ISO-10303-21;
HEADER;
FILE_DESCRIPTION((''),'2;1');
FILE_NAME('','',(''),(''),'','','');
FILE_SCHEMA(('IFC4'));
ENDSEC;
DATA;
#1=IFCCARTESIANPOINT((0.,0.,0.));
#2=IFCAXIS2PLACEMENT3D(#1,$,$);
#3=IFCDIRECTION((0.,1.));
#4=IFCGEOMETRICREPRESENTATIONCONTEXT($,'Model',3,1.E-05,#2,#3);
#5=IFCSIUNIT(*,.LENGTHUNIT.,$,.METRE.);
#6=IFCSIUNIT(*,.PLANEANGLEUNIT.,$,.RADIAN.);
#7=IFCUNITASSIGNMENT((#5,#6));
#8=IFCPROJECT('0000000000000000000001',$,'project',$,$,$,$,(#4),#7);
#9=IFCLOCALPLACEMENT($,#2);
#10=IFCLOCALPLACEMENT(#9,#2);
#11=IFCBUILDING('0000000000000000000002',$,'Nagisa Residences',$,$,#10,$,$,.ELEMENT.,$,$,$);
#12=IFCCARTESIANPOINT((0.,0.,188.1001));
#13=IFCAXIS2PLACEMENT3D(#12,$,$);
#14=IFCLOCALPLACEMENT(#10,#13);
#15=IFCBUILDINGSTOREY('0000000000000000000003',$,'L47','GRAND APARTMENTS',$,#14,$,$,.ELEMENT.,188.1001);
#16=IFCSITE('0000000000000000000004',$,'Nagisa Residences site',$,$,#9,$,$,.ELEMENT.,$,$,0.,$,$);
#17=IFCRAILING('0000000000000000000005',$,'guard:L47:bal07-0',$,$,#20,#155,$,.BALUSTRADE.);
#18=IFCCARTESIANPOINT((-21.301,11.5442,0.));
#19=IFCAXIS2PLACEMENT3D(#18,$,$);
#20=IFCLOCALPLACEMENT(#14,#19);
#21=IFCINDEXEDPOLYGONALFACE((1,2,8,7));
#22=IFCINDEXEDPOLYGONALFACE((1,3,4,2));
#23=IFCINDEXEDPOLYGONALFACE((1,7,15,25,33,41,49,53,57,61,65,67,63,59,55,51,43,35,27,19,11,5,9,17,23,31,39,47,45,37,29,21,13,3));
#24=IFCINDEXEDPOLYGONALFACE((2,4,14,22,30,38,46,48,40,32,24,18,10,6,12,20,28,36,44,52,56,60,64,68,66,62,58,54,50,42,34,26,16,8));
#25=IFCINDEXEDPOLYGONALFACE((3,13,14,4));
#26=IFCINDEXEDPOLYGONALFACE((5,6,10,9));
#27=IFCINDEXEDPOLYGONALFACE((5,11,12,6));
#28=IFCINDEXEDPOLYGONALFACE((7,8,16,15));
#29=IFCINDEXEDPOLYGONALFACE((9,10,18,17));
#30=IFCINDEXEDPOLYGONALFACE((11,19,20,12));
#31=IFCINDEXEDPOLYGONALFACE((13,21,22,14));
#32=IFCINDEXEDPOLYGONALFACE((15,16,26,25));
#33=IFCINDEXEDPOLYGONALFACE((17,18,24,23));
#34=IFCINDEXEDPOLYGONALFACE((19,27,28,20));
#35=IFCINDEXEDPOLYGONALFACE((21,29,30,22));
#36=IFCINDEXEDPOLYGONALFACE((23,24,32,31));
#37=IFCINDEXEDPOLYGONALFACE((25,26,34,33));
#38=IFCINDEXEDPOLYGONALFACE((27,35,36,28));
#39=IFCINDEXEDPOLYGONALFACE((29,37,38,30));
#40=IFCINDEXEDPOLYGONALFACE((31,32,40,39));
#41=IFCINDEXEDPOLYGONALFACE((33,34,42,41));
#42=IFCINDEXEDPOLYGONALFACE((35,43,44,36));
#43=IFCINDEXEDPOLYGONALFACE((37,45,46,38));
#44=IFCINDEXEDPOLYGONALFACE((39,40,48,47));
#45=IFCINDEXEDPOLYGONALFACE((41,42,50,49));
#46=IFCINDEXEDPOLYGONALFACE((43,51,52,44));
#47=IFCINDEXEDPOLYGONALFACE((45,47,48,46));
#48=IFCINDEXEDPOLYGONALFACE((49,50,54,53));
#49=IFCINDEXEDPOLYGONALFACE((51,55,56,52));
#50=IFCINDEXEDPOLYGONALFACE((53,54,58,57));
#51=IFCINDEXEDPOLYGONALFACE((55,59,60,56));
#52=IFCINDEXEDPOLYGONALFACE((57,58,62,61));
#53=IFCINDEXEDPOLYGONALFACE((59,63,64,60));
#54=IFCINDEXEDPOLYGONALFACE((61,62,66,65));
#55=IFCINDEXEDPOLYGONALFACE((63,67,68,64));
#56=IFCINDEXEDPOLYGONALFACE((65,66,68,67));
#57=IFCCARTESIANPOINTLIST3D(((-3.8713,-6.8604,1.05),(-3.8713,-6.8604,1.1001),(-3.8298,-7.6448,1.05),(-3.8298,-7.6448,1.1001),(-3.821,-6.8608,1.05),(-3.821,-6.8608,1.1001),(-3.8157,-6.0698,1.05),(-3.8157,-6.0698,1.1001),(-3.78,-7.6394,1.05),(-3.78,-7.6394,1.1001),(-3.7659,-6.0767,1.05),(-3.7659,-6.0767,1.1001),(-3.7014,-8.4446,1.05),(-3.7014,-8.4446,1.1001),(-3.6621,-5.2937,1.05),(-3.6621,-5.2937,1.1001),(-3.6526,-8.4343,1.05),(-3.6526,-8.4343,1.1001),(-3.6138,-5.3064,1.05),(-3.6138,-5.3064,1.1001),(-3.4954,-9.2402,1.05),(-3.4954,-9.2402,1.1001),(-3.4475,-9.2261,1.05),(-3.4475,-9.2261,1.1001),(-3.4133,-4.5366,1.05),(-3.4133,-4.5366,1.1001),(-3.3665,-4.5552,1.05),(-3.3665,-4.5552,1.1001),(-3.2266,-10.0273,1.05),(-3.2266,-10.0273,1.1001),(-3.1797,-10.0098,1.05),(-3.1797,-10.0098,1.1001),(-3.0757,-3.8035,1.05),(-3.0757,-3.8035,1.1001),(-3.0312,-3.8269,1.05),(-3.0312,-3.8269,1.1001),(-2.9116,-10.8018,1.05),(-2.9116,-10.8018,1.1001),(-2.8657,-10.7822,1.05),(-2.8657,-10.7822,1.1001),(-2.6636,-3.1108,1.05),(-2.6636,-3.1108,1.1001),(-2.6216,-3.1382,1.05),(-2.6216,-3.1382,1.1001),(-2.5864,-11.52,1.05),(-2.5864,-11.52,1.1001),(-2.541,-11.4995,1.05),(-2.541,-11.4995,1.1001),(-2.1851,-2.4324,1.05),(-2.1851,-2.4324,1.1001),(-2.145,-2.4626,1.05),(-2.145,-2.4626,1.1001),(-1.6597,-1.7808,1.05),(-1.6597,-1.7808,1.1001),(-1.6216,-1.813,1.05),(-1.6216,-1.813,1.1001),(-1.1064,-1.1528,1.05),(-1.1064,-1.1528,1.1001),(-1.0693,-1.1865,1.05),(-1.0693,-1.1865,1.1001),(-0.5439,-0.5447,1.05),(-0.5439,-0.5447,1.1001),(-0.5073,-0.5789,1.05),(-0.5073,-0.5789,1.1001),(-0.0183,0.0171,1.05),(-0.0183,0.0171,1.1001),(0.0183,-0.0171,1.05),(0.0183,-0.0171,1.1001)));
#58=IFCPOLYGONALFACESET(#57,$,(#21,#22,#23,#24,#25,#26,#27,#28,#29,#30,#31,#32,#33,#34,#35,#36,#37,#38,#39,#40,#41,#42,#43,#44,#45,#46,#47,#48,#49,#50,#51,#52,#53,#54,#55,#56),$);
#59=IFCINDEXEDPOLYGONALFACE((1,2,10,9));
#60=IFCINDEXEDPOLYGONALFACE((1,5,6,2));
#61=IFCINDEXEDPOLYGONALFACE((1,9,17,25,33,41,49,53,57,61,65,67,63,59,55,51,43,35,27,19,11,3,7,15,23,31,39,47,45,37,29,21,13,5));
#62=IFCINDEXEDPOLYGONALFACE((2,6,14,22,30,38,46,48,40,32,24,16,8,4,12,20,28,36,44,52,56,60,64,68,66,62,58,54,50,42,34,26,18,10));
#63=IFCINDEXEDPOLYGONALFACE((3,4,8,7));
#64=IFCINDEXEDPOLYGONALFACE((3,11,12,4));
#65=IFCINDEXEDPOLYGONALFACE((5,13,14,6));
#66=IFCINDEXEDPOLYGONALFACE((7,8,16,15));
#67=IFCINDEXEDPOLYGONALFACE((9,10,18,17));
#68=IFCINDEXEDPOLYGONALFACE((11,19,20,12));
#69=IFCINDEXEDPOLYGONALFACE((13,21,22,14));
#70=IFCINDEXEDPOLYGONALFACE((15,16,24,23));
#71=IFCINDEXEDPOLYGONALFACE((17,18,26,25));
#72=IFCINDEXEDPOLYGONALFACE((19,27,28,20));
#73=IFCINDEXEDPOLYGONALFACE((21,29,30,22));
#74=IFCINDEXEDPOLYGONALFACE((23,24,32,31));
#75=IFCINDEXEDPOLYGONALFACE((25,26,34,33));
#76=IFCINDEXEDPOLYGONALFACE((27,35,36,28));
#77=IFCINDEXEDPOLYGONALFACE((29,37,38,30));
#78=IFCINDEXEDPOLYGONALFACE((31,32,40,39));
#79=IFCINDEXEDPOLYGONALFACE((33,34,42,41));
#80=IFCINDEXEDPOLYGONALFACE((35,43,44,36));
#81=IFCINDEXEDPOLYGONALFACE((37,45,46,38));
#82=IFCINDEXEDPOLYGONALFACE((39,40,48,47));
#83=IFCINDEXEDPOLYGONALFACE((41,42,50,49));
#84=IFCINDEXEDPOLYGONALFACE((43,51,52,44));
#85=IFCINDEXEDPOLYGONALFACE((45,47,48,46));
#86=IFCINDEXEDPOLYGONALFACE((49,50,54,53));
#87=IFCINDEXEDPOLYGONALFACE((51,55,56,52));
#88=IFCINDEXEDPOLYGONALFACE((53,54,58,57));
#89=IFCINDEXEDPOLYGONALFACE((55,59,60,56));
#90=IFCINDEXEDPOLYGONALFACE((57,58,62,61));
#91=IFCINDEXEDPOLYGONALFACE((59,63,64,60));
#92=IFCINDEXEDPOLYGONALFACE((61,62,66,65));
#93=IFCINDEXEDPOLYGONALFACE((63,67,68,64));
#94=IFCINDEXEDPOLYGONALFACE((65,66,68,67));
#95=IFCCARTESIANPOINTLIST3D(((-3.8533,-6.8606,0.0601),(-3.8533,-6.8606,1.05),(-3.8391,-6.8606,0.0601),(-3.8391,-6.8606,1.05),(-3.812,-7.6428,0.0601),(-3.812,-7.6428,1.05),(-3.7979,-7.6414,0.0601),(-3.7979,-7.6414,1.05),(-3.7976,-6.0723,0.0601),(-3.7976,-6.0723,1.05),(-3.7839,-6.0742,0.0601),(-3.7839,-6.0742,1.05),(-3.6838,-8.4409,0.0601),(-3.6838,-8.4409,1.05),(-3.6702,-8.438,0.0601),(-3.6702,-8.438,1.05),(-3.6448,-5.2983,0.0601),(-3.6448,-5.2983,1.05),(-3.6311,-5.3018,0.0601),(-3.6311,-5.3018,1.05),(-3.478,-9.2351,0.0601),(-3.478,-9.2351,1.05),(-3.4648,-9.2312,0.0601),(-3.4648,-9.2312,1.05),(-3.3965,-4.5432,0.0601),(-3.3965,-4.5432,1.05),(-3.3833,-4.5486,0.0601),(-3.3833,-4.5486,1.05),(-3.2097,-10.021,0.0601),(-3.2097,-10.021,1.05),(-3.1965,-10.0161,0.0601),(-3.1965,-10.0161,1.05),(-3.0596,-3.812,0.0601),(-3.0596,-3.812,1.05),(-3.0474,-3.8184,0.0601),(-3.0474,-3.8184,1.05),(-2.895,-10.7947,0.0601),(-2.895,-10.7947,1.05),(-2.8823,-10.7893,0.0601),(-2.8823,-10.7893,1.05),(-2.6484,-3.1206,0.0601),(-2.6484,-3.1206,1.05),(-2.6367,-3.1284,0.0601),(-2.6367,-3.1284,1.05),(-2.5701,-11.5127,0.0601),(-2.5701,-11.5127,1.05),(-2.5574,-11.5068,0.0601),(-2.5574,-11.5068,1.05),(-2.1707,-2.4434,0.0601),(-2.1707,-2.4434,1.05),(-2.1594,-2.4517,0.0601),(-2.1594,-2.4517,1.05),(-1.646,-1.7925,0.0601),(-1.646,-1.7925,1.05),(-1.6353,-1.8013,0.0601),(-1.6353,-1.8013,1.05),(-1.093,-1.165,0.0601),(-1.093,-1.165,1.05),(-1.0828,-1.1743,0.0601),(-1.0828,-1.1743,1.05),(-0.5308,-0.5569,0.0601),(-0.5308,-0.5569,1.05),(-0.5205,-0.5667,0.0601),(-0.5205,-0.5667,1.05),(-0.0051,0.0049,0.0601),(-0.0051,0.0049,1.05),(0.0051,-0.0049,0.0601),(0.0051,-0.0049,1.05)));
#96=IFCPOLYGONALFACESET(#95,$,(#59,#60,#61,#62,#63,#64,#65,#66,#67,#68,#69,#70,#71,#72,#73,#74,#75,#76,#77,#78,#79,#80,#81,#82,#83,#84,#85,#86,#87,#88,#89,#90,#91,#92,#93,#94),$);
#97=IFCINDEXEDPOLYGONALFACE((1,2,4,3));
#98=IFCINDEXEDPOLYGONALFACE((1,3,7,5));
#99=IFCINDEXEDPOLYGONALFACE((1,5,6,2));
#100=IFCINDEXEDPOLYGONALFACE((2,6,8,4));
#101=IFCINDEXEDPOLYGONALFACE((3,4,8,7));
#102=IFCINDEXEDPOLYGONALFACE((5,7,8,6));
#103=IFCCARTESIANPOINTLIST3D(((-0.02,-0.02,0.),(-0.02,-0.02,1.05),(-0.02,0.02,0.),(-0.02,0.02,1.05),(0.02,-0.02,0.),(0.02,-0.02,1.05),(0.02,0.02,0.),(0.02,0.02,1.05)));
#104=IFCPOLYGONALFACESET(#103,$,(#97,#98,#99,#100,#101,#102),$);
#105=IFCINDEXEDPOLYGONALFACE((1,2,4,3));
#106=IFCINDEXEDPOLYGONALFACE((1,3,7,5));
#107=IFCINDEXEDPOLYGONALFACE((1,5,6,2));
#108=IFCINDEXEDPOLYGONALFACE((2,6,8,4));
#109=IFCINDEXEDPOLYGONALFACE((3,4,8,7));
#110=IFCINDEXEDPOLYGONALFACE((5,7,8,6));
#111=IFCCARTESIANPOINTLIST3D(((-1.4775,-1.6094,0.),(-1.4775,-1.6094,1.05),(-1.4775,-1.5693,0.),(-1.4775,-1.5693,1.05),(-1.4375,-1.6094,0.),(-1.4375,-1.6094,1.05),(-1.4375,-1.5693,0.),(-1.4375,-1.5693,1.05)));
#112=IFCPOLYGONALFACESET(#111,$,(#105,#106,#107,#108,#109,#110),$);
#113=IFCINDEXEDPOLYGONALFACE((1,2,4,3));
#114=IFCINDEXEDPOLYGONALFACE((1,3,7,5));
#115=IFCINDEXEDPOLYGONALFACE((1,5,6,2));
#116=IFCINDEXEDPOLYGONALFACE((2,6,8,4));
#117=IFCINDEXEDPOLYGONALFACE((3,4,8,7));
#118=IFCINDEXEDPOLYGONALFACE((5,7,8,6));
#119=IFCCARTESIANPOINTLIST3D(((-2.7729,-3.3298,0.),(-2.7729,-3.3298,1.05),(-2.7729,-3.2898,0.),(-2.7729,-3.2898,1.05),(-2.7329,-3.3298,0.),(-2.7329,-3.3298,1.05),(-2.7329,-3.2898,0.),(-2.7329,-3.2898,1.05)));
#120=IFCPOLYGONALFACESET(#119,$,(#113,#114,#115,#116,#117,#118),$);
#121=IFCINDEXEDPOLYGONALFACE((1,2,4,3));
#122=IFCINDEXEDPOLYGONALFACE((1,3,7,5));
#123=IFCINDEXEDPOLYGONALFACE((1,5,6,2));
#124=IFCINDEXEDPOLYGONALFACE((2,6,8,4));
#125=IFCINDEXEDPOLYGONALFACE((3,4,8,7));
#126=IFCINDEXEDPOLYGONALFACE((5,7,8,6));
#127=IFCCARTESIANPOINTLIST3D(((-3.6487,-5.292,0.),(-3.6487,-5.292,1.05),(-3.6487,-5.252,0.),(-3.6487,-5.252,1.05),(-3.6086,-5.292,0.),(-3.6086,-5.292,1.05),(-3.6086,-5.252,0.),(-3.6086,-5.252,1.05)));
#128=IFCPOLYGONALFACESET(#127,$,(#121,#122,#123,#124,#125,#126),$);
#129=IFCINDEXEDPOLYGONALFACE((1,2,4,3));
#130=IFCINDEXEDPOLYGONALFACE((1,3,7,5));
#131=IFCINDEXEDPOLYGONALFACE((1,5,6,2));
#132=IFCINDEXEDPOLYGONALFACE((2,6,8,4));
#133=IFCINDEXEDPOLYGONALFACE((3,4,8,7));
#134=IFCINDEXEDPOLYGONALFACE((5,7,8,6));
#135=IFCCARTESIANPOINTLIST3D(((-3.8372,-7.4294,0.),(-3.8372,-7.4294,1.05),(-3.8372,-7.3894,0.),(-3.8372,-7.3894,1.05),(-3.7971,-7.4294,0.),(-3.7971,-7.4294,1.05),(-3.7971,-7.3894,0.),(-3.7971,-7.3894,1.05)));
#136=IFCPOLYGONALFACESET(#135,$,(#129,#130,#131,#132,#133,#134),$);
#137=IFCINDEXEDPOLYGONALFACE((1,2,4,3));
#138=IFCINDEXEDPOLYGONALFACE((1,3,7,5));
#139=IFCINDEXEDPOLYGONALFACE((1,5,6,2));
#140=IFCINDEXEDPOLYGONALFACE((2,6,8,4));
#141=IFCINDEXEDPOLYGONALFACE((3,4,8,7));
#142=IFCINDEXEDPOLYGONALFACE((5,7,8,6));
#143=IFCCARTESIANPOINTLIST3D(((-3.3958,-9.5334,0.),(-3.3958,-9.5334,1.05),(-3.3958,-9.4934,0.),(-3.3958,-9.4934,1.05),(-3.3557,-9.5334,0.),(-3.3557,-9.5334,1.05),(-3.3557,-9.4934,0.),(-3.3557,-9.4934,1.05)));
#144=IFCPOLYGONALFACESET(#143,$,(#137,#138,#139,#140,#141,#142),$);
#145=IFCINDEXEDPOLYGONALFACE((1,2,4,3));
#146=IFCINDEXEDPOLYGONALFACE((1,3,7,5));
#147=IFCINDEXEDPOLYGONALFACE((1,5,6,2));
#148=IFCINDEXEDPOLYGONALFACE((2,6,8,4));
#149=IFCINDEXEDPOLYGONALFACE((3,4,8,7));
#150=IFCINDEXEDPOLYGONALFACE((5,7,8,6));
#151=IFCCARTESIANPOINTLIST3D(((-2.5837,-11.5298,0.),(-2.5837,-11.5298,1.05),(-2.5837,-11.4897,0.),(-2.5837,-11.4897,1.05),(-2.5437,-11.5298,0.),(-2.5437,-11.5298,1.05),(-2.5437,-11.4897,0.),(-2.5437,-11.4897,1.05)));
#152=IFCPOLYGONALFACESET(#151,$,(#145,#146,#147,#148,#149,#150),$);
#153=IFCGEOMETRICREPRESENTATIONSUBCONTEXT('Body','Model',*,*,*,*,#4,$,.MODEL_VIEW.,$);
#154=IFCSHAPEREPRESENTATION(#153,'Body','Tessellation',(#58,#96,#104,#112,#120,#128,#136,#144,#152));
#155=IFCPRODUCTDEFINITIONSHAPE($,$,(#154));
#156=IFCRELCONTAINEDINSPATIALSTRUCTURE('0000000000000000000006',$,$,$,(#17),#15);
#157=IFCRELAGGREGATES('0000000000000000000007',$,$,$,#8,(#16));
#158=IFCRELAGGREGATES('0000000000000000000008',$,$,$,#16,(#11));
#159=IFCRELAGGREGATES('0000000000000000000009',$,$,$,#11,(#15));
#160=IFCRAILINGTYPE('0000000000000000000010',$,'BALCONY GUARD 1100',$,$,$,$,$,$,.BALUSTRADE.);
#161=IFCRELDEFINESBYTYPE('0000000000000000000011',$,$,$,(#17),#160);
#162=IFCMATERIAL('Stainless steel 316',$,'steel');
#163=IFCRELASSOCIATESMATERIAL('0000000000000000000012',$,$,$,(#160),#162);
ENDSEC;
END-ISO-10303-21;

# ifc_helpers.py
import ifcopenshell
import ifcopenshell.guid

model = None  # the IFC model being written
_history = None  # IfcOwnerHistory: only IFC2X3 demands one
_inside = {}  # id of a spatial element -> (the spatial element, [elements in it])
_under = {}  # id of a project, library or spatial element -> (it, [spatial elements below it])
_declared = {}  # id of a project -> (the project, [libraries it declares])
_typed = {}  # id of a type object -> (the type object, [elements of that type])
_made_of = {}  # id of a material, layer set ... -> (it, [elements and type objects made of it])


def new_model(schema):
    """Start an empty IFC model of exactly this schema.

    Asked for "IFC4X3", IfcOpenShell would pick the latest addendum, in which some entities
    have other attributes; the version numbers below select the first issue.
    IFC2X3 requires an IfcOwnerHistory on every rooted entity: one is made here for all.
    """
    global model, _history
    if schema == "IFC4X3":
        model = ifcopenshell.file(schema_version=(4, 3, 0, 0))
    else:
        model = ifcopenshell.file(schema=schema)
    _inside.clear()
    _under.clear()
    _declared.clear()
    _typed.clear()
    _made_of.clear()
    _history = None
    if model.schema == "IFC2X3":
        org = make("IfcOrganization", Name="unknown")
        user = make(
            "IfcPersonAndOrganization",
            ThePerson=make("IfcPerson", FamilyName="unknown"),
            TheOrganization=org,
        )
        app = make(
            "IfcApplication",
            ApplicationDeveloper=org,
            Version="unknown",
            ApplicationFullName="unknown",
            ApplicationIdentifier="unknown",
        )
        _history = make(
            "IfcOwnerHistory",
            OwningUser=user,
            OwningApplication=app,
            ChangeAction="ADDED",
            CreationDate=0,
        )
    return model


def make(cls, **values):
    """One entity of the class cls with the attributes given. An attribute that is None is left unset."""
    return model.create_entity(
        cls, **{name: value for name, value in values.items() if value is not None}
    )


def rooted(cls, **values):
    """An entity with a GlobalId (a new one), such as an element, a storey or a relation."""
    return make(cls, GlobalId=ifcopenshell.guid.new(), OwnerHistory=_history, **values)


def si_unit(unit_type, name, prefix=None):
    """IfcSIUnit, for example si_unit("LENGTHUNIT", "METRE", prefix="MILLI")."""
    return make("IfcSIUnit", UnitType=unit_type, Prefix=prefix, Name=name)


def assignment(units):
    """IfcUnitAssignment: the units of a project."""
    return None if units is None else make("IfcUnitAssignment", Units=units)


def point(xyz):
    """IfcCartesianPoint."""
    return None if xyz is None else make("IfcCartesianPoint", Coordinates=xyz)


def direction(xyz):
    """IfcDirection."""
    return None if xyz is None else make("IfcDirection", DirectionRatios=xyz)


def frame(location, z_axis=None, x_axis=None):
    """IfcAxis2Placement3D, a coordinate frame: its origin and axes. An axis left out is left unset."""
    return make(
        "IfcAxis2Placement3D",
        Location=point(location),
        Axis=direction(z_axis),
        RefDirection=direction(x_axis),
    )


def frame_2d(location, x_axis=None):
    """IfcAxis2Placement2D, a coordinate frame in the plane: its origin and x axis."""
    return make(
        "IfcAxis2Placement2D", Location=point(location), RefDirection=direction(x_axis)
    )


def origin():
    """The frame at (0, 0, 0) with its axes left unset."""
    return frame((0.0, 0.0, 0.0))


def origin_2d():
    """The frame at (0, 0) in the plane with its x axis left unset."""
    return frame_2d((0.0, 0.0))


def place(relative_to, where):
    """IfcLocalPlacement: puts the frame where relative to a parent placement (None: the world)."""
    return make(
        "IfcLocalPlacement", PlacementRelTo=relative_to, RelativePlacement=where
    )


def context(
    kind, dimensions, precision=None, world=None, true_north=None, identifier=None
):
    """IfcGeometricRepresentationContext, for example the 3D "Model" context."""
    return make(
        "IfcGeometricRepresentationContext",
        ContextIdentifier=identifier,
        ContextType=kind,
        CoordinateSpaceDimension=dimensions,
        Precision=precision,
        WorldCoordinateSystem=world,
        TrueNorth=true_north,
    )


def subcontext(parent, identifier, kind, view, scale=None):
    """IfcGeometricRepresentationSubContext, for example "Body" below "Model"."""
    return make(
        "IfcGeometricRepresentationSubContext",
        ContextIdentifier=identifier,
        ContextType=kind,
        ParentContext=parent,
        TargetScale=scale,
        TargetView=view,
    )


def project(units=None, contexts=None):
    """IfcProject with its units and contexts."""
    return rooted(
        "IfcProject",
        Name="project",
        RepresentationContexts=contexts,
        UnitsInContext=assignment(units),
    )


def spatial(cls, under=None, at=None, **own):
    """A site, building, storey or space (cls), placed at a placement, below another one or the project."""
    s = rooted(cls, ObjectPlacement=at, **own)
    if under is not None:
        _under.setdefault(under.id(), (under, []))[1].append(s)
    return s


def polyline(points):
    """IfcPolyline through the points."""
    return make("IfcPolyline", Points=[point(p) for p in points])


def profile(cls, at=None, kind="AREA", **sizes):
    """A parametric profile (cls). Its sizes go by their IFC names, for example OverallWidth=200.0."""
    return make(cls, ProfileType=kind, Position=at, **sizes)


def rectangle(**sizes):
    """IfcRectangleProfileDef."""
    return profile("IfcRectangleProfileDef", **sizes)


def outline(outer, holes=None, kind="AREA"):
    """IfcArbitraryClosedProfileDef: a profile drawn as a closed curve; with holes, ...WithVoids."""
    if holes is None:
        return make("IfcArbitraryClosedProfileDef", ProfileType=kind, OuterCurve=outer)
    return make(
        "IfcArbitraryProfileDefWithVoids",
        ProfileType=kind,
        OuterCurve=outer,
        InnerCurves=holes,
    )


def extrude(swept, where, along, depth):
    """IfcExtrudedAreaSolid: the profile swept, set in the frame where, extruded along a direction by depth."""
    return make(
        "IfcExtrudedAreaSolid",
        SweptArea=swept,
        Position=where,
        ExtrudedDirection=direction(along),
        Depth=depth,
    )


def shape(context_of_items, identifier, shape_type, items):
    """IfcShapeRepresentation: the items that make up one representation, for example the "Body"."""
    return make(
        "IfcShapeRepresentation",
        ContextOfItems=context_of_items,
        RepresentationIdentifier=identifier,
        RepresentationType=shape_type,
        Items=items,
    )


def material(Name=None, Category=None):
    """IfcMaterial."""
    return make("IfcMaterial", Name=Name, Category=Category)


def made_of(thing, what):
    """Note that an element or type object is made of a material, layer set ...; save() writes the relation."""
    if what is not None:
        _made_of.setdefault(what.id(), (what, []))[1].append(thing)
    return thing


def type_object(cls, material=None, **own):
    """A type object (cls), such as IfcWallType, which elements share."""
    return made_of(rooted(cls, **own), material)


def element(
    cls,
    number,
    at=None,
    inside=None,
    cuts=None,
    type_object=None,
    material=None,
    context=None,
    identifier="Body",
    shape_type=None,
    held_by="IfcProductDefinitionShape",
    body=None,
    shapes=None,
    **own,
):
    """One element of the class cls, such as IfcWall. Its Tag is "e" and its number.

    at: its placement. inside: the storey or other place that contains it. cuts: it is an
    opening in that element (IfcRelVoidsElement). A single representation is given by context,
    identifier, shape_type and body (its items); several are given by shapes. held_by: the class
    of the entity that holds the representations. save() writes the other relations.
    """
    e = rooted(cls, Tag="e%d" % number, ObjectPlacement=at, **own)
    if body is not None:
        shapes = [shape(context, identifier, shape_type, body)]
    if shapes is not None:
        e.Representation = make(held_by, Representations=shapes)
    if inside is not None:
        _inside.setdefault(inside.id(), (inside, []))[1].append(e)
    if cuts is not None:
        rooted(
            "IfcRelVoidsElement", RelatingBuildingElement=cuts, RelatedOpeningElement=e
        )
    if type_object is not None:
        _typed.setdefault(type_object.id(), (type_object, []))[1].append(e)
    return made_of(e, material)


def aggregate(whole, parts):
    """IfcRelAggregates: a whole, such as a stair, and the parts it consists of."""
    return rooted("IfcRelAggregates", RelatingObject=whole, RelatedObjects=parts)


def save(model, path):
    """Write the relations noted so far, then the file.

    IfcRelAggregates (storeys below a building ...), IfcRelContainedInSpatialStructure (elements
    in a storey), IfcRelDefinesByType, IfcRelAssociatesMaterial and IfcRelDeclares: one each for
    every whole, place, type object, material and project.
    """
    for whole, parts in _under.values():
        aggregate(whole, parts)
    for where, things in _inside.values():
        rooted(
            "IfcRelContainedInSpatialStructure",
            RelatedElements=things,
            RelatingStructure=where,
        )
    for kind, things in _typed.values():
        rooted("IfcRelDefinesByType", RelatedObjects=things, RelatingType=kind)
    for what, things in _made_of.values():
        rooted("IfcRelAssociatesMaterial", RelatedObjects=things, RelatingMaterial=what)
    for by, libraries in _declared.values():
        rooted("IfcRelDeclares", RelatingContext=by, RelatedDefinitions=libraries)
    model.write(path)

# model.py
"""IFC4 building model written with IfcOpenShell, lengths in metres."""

from ifc_helpers import new_model, si_unit, direction, frame, origin, origin_2d, place, context, subcontext, project, spatial, polyline, rectangle, outline, extrude, material, type_object, element, save


model = new_model("IFC4")

# Units and contexts
model_context = context("Model", 3, precision=1e-05, world=origin(), true_north=direction((0.0, 1.0)))
body_context = subcontext(model_context, "Body", "Model", "MODEL_VIEW")
ifc_project = project(units=[si_unit("LENGTHUNIT", "METRE"), si_unit("PLANEANGLEUNIT", "RADIAN")], contexts=[model_context])

# Site, building, storey
site_placement = place(None, origin())
site = spatial("IfcSite", under=ifc_project, at=site_placement, Name="Nagisa Residences site", CompositionType="ELEMENT", RefElevation=0.0)
building_placement = place(site_placement, origin())
building = spatial("IfcBuilding", under=site, at=building_placement, Name="Nagisa Residences", CompositionType="ELEMENT")
storey_placement = place(building_placement, frame((0.0, 0.0, 188.1001)))
storey = spatial("IfcBuildingStorey", under=building, at=storey_placement, Name="L47", Description="GRAND APARTMENTS", CompositionType="ELEMENT", Elevation=188.1001)

# Railing
ifc_material_1 = material(Name="Stainless steel 316", Category="steel")
railing_type = type_object("IfcRailingType", Name="BALCONY GUARD 1100", PredefinedType="BALUSTRADE", material=ifc_material_1)
railing_1_placement = place(storey_placement, frame((-21.301, 11.5442, 0.0)))
element("IfcRailing", 1, at=railing_1_placement, inside=storey, type_object=railing_type, Name="guard:L47:bal07-0", PredefinedType="BALUSTRADE", context=body_context, shape_type="SweptSolid", body=[
    extrude(outline(polyline([(-0.5073, -0.5789), (0.0183, -0.0171), (-0.0183, 0.0171), (-0.5439, -0.5447), (-1.1064, -1.1528), (-1.6597, -1.7808), (-2.1851, -2.4324), (-2.6636, -3.1108), (-3.0757, -3.8035), (-3.4133, -4.5366), (-3.6621, -5.2937), (-3.8157, -6.0698), (-3.8713, -6.8604), (-3.8298, -7.6448), (-3.7014, -8.4446), (-3.4954, -9.2402), (-3.2266, -10.0273), (-2.9116, -10.8018), (-2.5864, -11.52), (-2.541, -11.4995), (-2.8657, -10.7822), (-3.1797, -10.0098), (-3.4475, -9.2261), (-3.6526, -8.4343), (-3.78, -7.6394), (-3.821, -6.8608), (-3.7659, -6.0767), (-3.6138, -5.3064), (-3.3665, -4.5552), (-3.0312, -3.8269), (-2.6216, -3.1382), (-2.145, -2.4626), (-1.6216, -1.813), (-1.0693, -1.1865), (-0.5073, -0.5789)])), frame((0.0, 0.0, 1.05)), (0.0, 0.0, 1.0), 0.05),
    extrude(outline(polyline([(-0.5205, -0.5667), (0.0051, -0.0049), (-0.0051, 0.0049), (-0.5308, -0.5569), (-1.093, -1.165), (-1.646, -1.7925), (-2.1707, -2.4434), (-2.6484, -3.1206), (-3.0596, -3.812), (-3.3965, -4.5432), (-3.6448, -5.2983), (-3.7976, -6.0723), (-3.8533, -6.8606), (-3.812, -7.6428), (-3.6838, -8.4409), (-3.478, -9.2351), (-3.2097, -10.021), (-2.895, -10.7947), (-2.5701, -11.5127), (-2.5574, -11.5068), (-2.8823, -10.7893), (-3.1965, -10.0161), (-3.4648, -9.2312), (-3.6702, -8.438), (-3.7979, -7.6414), (-3.8391, -6.8606), (-3.7839, -6.0742), (-3.6311, -5.3018), (-3.3833, -4.5486), (-3.0474, -3.8184), (-2.6367, -3.1284), (-2.1594, -2.4517), (-1.6353, -1.8013), (-1.0828, -1.1743), (-0.5205, -0.5667)])), frame((0.0, 0.0, 0.0601)), (0.0, 0.0, 1.0), 0.99),
    extrude(rectangle(XDim=0.04, YDim=0.04, at=origin_2d()), origin(), (0.0, 0.0, 1.0), 1.05),
    extrude(rectangle(XDim=0.04, YDim=0.04, at=origin_2d()), frame((-1.4575, -1.5894, 0.0)), (0.0, 0.0, 1.0), 1.05),
    extrude(rectangle(XDim=0.04, YDim=0.04, at=origin_2d()), frame((-2.7529, -3.3098, 0.0)), (0.0, 0.0, 1.0), 1.05),
    extrude(rectangle(XDim=0.04, YDim=0.04, at=origin_2d()), frame((-3.6287, -5.272, 0.0)), (0.0, 0.0, 1.0), 1.05),
    extrude(rectangle(XDim=0.04, YDim=0.04, at=origin_2d()), frame((-3.8171, -7.4094, 0.0)), (0.0, 0.0, 1.0), 1.05),
    extrude(rectangle(XDim=0.04, YDim=0.04, at=origin_2d()), frame((-3.3757, -9.5134, 0.0)), (0.0, 0.0, 1.0), 1.05),
    extrude(rectangle(XDim=0.04, YDim=0.04, at=origin_2d()), frame((-2.5637, -11.5098, 0.0)), (0.0, 0.0, 1.0), 1.05),
])

save(model, "model.ifc")
